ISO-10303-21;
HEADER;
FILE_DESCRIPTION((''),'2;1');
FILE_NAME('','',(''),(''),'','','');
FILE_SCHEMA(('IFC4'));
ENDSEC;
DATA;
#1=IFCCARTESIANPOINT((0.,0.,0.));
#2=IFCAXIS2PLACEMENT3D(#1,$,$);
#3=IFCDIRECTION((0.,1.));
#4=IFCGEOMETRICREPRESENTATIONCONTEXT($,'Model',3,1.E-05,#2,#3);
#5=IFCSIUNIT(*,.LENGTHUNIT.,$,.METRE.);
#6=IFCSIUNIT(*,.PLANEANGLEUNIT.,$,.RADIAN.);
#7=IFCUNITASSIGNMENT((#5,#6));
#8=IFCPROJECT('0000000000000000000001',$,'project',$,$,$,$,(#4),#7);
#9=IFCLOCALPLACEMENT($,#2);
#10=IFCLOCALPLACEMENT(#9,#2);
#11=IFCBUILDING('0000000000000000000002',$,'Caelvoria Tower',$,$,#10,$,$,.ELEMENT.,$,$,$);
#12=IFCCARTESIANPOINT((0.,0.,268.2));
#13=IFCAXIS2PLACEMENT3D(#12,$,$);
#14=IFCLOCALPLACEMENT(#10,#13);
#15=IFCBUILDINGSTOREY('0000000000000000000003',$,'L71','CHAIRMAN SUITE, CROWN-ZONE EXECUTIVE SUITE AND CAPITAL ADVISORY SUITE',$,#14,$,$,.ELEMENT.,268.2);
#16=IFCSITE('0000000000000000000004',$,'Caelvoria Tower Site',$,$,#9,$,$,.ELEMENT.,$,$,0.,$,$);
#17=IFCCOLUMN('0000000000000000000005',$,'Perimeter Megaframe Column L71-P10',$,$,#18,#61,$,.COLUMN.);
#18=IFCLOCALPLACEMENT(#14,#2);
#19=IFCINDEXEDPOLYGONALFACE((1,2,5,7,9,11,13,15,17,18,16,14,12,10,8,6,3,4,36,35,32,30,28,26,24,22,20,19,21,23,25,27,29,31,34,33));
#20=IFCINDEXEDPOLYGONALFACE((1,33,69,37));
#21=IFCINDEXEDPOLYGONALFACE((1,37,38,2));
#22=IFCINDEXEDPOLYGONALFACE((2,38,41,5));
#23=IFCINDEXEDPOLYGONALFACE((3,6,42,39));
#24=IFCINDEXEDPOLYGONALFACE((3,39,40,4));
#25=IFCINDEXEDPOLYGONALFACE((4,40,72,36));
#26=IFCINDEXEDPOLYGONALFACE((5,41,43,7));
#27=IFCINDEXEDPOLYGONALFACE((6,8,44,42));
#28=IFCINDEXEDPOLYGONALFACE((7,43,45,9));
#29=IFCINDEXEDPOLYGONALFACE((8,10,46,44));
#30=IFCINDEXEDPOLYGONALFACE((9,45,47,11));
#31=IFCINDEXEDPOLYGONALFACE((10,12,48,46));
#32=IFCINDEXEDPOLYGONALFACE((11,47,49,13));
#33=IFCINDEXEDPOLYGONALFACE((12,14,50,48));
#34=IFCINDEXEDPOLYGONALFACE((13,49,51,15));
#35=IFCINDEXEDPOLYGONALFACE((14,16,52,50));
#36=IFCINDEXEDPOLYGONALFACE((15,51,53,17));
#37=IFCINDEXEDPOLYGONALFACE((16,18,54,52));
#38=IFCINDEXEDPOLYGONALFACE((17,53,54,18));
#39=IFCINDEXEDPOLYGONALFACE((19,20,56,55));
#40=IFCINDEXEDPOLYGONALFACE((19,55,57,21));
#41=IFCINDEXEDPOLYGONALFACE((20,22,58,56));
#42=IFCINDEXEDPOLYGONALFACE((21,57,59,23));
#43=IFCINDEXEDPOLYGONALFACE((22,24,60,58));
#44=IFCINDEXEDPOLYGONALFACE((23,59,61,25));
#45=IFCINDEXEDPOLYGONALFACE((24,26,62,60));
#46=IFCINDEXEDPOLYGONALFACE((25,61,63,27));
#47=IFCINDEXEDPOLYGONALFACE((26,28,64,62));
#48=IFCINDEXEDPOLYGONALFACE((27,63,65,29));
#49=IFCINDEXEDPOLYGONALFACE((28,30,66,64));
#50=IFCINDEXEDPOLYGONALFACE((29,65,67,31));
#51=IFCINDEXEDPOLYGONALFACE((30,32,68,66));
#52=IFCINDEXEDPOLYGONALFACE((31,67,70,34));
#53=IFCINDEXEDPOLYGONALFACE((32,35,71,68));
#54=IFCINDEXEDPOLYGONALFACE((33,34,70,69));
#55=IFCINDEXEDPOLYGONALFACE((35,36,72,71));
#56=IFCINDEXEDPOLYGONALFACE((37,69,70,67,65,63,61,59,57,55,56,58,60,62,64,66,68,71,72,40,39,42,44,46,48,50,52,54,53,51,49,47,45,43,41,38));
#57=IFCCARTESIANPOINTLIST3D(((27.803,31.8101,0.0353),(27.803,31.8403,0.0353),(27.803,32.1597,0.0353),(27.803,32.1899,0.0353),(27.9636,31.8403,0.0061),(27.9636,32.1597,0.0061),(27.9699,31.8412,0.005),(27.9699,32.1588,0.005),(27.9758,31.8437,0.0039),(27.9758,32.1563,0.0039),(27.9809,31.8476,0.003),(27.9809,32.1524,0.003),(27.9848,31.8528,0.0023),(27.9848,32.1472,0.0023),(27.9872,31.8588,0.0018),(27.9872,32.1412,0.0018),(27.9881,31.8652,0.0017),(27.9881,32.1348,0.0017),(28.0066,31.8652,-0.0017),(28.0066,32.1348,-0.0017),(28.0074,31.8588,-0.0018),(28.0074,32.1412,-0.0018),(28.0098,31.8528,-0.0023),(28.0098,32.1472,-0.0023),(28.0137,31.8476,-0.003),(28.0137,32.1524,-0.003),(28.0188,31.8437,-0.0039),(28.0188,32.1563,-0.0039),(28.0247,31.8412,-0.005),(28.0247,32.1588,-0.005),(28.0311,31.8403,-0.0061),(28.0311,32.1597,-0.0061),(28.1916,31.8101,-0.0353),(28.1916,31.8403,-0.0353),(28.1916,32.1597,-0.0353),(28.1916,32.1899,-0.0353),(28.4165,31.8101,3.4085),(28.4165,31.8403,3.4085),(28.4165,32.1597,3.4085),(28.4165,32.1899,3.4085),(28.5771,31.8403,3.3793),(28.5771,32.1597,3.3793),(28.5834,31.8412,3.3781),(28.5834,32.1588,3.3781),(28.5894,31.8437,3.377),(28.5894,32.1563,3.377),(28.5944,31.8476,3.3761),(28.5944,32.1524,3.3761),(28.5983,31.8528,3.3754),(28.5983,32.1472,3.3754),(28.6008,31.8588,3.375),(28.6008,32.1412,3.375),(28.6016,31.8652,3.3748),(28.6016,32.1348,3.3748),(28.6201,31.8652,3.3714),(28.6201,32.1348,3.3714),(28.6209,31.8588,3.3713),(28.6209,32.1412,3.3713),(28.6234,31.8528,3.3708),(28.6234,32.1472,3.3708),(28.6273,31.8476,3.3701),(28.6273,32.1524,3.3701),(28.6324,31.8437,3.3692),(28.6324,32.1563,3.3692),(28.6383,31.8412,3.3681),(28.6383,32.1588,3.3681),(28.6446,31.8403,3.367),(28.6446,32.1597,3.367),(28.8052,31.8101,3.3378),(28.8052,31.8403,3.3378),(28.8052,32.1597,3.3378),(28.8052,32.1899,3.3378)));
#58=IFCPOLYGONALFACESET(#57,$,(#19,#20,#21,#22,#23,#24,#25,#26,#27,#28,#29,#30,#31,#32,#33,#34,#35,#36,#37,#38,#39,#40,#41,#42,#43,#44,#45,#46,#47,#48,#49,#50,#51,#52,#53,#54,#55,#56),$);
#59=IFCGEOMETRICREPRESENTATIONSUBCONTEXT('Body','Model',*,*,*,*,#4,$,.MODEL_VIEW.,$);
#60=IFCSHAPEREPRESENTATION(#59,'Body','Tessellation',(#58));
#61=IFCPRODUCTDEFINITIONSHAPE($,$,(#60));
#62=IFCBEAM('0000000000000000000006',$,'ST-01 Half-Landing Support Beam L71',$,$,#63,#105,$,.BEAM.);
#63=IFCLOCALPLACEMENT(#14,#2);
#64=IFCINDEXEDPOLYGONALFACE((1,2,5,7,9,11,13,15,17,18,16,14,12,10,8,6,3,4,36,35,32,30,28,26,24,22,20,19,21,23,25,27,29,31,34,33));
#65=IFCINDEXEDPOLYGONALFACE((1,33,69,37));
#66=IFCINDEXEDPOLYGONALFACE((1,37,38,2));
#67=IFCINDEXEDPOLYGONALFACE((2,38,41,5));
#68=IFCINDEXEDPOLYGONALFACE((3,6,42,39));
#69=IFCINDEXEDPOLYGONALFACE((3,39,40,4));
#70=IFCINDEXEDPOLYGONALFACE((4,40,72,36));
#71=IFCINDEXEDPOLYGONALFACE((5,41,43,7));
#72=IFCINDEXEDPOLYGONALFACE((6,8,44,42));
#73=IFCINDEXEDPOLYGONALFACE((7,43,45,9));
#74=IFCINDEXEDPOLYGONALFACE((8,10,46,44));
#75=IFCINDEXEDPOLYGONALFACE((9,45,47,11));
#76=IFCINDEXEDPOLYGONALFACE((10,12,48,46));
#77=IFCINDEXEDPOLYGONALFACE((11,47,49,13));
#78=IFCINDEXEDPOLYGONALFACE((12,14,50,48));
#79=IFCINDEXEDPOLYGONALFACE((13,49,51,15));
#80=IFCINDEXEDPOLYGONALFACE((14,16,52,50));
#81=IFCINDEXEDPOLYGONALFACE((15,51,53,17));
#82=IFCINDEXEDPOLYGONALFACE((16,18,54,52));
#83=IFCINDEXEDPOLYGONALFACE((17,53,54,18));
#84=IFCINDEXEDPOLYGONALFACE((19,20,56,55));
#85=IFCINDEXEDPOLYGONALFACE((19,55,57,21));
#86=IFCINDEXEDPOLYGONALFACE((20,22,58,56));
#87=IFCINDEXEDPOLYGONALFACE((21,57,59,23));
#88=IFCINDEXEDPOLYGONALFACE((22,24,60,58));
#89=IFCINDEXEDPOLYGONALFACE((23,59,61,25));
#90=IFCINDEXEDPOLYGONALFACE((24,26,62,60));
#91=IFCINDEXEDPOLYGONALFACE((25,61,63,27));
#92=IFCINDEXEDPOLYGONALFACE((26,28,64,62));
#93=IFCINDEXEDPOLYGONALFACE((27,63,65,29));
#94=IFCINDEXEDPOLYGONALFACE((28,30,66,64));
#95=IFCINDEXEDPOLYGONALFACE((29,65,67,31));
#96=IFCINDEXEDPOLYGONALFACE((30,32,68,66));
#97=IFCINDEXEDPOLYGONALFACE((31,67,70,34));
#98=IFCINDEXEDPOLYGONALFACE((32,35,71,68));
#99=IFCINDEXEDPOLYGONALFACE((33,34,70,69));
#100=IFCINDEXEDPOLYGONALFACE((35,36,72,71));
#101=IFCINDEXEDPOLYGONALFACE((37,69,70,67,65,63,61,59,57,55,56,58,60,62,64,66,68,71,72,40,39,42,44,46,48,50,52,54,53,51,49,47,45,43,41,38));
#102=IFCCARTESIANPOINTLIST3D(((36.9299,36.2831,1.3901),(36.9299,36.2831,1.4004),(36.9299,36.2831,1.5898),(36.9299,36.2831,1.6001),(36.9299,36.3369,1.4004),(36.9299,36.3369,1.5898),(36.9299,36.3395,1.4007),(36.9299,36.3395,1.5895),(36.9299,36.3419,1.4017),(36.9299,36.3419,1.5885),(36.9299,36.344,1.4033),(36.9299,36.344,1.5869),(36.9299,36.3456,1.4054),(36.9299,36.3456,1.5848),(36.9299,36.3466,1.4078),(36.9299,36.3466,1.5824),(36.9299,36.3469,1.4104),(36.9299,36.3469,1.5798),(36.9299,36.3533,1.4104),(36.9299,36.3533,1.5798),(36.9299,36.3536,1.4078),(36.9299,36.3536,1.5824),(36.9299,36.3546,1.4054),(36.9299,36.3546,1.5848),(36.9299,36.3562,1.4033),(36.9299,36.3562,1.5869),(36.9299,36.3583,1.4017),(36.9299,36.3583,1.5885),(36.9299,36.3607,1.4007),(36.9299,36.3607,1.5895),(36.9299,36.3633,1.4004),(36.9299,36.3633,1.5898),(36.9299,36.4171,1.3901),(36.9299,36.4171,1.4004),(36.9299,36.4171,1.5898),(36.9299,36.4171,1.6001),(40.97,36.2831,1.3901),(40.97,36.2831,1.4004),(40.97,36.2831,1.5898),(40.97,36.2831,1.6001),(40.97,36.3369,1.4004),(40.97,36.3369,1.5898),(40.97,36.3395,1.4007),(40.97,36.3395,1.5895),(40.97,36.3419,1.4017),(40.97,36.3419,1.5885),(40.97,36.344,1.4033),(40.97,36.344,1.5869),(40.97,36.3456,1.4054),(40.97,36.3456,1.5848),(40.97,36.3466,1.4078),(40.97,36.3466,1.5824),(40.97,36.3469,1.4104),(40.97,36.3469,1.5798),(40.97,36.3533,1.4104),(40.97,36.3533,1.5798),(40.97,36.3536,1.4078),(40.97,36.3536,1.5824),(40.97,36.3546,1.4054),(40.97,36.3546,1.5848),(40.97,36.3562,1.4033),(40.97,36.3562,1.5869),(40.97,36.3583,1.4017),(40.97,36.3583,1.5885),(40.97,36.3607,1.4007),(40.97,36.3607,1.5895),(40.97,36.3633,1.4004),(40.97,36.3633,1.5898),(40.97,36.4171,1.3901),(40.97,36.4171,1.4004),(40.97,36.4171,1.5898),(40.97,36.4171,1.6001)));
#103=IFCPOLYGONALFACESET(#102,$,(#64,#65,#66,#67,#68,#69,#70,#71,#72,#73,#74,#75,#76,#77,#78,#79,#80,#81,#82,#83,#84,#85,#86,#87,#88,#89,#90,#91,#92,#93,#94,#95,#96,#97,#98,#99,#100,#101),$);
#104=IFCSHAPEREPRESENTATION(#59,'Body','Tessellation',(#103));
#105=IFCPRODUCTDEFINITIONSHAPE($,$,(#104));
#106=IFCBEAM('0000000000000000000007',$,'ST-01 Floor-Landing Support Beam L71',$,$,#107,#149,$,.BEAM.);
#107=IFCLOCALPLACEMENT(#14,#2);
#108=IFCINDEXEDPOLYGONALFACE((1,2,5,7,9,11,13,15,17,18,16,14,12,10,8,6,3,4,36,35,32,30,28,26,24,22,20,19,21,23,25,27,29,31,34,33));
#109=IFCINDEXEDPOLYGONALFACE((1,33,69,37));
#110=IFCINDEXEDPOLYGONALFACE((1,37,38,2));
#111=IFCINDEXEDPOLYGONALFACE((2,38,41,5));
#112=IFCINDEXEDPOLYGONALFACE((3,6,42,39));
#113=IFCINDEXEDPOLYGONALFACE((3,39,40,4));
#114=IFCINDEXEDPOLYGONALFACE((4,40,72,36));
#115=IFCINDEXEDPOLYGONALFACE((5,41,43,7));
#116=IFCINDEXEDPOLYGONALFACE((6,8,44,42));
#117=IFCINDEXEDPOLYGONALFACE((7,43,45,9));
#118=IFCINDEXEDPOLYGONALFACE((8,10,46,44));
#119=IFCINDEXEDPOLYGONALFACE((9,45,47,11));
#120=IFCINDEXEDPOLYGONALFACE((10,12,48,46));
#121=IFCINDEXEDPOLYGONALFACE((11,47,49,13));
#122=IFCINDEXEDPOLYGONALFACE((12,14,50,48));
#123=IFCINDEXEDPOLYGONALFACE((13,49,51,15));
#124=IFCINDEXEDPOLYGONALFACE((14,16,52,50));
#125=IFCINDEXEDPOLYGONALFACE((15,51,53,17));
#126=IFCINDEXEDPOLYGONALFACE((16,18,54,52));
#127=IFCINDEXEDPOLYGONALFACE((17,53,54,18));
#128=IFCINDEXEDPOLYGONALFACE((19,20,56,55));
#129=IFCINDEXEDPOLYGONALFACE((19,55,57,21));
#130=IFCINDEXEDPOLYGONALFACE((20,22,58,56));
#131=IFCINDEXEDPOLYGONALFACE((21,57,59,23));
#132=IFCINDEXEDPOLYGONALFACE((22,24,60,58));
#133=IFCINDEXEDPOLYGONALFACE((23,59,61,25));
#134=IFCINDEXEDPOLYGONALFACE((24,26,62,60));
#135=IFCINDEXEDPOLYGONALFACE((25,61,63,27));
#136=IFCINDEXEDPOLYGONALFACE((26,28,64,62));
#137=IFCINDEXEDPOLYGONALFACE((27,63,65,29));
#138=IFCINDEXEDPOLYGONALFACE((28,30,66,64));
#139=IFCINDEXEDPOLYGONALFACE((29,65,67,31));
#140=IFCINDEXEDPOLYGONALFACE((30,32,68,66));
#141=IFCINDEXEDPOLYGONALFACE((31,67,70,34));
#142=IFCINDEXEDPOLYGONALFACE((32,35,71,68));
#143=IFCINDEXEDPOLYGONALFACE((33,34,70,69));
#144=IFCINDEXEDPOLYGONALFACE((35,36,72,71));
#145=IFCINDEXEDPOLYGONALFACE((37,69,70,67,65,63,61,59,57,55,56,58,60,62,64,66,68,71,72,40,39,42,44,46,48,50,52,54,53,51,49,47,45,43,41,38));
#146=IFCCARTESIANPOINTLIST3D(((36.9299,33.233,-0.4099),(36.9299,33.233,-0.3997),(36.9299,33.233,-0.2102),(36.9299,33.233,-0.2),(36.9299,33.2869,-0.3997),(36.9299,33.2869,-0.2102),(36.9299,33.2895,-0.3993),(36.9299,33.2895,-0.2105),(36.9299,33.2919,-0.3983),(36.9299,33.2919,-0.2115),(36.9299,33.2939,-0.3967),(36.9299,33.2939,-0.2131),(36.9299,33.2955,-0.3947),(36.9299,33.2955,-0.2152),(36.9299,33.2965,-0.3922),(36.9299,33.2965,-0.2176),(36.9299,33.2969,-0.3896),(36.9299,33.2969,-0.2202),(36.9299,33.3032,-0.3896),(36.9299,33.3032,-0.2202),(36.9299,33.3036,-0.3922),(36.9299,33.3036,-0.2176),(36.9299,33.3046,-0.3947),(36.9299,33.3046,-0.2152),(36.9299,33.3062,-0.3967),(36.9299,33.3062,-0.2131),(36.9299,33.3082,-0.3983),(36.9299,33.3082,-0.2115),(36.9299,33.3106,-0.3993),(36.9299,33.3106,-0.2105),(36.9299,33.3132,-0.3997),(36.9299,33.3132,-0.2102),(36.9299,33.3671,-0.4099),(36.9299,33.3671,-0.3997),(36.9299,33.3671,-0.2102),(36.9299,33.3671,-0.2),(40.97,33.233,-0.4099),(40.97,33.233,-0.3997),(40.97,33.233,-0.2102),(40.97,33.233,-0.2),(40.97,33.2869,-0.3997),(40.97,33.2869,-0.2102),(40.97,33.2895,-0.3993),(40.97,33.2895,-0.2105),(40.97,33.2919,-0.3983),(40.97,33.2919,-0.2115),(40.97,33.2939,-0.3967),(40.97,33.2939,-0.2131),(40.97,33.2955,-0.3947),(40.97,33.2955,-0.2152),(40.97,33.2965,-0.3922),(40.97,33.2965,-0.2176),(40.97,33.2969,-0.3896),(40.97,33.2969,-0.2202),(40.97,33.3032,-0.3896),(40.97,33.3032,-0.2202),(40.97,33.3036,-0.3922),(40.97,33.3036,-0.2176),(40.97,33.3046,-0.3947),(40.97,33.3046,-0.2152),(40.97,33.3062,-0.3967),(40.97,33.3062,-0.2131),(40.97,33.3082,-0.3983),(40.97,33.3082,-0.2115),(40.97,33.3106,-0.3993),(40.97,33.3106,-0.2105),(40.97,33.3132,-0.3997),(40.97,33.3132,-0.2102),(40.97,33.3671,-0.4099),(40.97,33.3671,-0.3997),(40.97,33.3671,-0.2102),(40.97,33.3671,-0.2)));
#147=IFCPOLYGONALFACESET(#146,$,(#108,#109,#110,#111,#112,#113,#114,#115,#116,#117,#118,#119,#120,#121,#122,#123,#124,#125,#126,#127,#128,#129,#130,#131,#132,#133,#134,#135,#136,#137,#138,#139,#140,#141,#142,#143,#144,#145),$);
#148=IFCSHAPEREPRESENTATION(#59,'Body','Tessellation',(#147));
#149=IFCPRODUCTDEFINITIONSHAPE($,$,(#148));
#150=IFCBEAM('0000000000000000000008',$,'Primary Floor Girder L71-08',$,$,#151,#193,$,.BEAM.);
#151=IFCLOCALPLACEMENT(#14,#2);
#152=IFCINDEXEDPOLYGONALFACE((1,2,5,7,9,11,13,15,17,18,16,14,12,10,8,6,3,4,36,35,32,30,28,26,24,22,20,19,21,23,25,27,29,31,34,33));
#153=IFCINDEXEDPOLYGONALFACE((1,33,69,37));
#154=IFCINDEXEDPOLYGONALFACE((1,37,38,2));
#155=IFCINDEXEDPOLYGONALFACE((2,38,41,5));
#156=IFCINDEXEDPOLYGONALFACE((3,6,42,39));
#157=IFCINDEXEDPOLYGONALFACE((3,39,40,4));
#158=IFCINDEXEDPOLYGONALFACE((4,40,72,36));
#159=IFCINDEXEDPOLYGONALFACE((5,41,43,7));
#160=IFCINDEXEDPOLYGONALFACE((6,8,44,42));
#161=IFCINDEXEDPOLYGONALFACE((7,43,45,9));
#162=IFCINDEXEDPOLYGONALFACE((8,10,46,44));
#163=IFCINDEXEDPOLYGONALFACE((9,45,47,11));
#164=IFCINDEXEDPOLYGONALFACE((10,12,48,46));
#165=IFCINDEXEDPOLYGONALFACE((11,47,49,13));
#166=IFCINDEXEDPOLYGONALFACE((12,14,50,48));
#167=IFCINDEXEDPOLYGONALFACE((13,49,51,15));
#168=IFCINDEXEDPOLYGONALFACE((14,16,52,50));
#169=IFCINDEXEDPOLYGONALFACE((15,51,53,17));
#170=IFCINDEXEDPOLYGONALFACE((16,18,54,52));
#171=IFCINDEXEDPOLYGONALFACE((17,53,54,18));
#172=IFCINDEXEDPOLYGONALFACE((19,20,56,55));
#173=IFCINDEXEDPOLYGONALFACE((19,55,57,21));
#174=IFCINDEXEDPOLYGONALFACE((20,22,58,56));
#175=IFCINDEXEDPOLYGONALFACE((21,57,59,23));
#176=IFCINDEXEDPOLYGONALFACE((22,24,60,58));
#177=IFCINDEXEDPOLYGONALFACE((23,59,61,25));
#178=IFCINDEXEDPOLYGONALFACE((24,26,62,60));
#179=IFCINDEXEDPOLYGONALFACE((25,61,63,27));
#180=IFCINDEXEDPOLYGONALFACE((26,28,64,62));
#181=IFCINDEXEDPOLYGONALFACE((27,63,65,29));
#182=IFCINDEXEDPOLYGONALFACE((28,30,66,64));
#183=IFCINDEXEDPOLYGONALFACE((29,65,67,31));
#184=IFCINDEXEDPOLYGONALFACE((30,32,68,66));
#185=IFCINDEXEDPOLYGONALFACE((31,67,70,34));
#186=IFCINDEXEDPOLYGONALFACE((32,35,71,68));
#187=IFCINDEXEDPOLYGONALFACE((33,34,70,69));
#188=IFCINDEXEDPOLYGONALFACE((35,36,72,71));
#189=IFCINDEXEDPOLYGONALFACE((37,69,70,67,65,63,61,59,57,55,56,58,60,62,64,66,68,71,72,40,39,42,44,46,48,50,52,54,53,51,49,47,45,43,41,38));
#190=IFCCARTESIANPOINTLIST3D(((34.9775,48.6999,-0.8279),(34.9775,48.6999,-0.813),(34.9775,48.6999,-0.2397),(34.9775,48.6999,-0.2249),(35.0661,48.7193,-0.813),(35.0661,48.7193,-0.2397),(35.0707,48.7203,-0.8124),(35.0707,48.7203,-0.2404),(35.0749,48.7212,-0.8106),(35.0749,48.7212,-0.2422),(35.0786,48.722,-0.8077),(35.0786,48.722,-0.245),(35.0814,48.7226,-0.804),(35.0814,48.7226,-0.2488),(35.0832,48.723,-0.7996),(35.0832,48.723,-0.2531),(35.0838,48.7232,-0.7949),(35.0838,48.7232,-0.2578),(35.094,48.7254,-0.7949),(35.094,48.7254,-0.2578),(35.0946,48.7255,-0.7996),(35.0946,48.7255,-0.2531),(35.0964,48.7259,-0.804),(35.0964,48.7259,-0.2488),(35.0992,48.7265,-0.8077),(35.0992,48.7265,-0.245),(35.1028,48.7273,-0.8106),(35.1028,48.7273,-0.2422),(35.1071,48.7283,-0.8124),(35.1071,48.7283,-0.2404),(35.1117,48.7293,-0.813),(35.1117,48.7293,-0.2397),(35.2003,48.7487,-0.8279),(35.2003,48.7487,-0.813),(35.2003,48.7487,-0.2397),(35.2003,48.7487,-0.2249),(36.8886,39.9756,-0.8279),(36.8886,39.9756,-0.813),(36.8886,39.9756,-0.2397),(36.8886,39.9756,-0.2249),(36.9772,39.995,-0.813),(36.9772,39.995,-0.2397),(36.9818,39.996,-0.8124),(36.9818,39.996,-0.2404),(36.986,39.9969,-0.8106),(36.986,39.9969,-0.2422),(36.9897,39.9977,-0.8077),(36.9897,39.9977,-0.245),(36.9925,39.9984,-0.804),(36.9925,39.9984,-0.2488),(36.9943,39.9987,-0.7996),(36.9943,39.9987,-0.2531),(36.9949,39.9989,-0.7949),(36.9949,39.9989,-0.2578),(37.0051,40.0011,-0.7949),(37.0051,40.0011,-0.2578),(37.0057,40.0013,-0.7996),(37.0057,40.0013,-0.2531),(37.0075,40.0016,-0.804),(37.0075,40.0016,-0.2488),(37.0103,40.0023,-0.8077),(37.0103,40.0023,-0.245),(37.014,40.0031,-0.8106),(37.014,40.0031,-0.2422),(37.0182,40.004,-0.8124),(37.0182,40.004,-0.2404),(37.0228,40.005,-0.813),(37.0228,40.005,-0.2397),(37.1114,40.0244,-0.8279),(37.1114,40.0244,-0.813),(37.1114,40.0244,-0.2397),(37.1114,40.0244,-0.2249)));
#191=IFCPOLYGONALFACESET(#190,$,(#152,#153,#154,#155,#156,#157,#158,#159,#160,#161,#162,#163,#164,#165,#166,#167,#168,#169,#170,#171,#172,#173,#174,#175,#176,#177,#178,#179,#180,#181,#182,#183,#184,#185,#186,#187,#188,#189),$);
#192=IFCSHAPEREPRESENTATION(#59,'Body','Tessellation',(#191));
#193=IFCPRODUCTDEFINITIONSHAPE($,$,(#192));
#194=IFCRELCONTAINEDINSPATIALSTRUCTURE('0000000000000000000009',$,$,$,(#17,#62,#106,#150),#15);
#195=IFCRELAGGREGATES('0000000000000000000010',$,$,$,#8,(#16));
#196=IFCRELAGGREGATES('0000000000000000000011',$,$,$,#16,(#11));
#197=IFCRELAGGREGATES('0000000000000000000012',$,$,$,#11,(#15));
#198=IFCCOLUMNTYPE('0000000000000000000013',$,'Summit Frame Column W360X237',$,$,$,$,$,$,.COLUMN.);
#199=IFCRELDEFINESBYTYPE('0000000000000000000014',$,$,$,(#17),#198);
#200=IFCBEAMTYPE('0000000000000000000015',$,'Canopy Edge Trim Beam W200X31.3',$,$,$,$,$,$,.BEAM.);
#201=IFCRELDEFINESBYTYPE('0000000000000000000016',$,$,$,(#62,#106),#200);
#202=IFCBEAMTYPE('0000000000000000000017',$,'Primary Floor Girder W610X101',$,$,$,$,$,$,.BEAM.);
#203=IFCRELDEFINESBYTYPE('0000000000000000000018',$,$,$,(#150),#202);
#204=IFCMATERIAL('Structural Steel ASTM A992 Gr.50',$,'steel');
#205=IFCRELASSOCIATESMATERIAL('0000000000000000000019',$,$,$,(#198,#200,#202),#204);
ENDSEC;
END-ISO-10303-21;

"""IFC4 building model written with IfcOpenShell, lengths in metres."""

from ifc_helpers import new_model, si_unit, direction, frame, origin, origin_2d, place, context, subcontext, project, spatial, i_section, extrude, material, material_profile, profile_set, type_object, element, save


model = new_model("IFC4")

# Units and contexts
model_context = context("Model", 3, precision=1e-05, world=origin(), true_north=direction((0.0, 1.0)))
body_context = subcontext(model_context, "Body", "Model", "MODEL_VIEW")
ifc_project = project(units=[si_unit("LENGTHUNIT", "METRE"), si_unit("PLANEANGLEUNIT", "RADIAN")], contexts=[model_context])

# Site, building, storey
site_placement = place(None, origin())
site = spatial("IfcSite", under=ifc_project, at=site_placement, Name="Caelvoria Tower Site", CompositionType="ELEMENT", RefElevation=0.0)
building_placement = place(site_placement, origin())
building = spatial("IfcBuilding", under=site, at=building_placement, Name="Caelvoria Tower", CompositionType="ELEMENT")
storey_placement = place(building_placement, frame((0.0, 0.0, 268.2)))
storey = spatial("IfcBuildingStorey", under=building, at=storey_placement, Name="L71", Description="CHAIRMAN SUITE, CROWN-ZONE EXECUTIVE SUITE AND CAPITAL ADVISORY SUITE", CompositionType="ELEMENT", Elevation=268.2)

# Column
ifc_material_1 = material(Name="Structural Steel ASTM A992 Gr.50", Category="steel")
ifc_material_profile_1 = material_profile(ifc_material_1, i_section(OverallWidth=0.395, OverallDepth=0.3799, WebThickness=0.0188, FlangeThickness=0.0303, FilletRadius=0.0249, at=origin_2d()), Name="Structural Steel ASTM A992 Gr.50")
ifc_profile_set_1 = profile_set([ifc_material_profile_1], Name="W360X237 - Structural Steel ASTM A992 Gr.50")
column_type = type_object("IfcColumnType", Name="Summit Frame Column W360X237", PredefinedType="COLUMN", material=ifc_profile_set_1)
column_placement = place(storey_placement, frame((27.9973, 32.0, 0.0), z_axis=(0.178954, 0.0, 0.983857), x_axis=(-0.983857, 0.0, 0.178954)))
element("IfcColumn", 1, at=column_placement, inside=storey, type_object=column_type, Name="Perimeter Megaframe Column L71-P10", PredefinedType="COLUMN", context=body_context, shape_type="SweptSolid", body=[
    extrude(i_section(OverallWidth=0.395, OverallDepth=0.3799, WebThickness=0.0188, FlangeThickness=0.0303, FilletRadius=0.0249, at=origin_2d()), origin(), (0.0, 0.0, 1.0), 3.4285),
])

# Beams
ifc_material_profile_2 = material_profile(ifc_material_1, i_section(OverallWidth=0.134, OverallDepth=0.21, WebThickness=0.0063, FlangeThickness=0.0103, FilletRadius=0.01, at=origin_2d()), Name="Structural Steel ASTM A992 Gr.50")
ifc_profile_set_2 = profile_set([ifc_material_profile_2], Name="W200X31.3 - Structural Steel ASTM A992 Gr.50")
beam_type_1 = type_object("IfcBeamType", Name="Canopy Edge Trim Beam W200X31.3", PredefinedType="BEAM", material=ifc_profile_set_2)
for number, where, z_axis, x_axis, name in (
    (2, (36.9299, 36.3501, 1.4951), (1.0, 0.0, 0.0), (0.0, 1.0, 0.0), "ST-01 Half-Landing Support Beam L71"),
    (3, (36.9299, 33.3, -0.3049), (1.0, 0.0, 0.0), (0.0, 1.0, 0.0), "ST-01 Floor-Landing Support Beam L71"),
):
    element("IfcBeam", number, at=place(storey_placement, frame(where, z_axis=z_axis, x_axis=x_axis)), inside=storey, type_object=beam_type_1, Name=name, PredefinedType="BEAM", context=body_context, shape_type="SweptSolid", body=[
        extrude(i_section(OverallWidth=0.134, OverallDepth=0.21, WebThickness=0.0063, FlangeThickness=0.0103, FilletRadius=0.01, at=origin_2d()), origin(), (0.0, 0.0, 1.0), 4.04),
    ])
ifc_material_profile_3 = material_profile(ifc_material_1, i_section(OverallWidth=0.228, OverallDepth=0.603, WebThickness=0.0105, FlangeThickness=0.0149, FilletRadius=0.0181, at=origin_2d()), Name="Structural Steel ASTM A992 Gr.50")
ifc_profile_set_3 = profile_set([ifc_material_profile_3], Name="W610X101 - Structural Steel ASTM A992 Gr.50")
beam_type_2 = type_object("IfcBeamType", Name="Primary Floor Girder W610X101", PredefinedType="BEAM", material=ifc_profile_set_3)
beam_1_placement = place(storey_placement, frame((37.0, 40.0, -0.5264), z_axis=(-0.213983, 0.976837, 0.0), x_axis=(-0.976837, -0.213983, 0.0)))
element("IfcBeam", 4, at=beam_1_placement, inside=storey, type_object=beam_type_2, Name="Primary Floor Girder L71-08", PredefinedType="BEAM", context=body_context, shape_type="SweptSolid", body=[
    extrude(i_section(OverallWidth=0.228, OverallDepth=0.603, WebThickness=0.0105, FlangeThickness=0.0149, FilletRadius=0.0181, at=origin_2d()), origin(), (0.0, 0.0, 1.0), 8.9312),
])

save(model, "model.ifc")
